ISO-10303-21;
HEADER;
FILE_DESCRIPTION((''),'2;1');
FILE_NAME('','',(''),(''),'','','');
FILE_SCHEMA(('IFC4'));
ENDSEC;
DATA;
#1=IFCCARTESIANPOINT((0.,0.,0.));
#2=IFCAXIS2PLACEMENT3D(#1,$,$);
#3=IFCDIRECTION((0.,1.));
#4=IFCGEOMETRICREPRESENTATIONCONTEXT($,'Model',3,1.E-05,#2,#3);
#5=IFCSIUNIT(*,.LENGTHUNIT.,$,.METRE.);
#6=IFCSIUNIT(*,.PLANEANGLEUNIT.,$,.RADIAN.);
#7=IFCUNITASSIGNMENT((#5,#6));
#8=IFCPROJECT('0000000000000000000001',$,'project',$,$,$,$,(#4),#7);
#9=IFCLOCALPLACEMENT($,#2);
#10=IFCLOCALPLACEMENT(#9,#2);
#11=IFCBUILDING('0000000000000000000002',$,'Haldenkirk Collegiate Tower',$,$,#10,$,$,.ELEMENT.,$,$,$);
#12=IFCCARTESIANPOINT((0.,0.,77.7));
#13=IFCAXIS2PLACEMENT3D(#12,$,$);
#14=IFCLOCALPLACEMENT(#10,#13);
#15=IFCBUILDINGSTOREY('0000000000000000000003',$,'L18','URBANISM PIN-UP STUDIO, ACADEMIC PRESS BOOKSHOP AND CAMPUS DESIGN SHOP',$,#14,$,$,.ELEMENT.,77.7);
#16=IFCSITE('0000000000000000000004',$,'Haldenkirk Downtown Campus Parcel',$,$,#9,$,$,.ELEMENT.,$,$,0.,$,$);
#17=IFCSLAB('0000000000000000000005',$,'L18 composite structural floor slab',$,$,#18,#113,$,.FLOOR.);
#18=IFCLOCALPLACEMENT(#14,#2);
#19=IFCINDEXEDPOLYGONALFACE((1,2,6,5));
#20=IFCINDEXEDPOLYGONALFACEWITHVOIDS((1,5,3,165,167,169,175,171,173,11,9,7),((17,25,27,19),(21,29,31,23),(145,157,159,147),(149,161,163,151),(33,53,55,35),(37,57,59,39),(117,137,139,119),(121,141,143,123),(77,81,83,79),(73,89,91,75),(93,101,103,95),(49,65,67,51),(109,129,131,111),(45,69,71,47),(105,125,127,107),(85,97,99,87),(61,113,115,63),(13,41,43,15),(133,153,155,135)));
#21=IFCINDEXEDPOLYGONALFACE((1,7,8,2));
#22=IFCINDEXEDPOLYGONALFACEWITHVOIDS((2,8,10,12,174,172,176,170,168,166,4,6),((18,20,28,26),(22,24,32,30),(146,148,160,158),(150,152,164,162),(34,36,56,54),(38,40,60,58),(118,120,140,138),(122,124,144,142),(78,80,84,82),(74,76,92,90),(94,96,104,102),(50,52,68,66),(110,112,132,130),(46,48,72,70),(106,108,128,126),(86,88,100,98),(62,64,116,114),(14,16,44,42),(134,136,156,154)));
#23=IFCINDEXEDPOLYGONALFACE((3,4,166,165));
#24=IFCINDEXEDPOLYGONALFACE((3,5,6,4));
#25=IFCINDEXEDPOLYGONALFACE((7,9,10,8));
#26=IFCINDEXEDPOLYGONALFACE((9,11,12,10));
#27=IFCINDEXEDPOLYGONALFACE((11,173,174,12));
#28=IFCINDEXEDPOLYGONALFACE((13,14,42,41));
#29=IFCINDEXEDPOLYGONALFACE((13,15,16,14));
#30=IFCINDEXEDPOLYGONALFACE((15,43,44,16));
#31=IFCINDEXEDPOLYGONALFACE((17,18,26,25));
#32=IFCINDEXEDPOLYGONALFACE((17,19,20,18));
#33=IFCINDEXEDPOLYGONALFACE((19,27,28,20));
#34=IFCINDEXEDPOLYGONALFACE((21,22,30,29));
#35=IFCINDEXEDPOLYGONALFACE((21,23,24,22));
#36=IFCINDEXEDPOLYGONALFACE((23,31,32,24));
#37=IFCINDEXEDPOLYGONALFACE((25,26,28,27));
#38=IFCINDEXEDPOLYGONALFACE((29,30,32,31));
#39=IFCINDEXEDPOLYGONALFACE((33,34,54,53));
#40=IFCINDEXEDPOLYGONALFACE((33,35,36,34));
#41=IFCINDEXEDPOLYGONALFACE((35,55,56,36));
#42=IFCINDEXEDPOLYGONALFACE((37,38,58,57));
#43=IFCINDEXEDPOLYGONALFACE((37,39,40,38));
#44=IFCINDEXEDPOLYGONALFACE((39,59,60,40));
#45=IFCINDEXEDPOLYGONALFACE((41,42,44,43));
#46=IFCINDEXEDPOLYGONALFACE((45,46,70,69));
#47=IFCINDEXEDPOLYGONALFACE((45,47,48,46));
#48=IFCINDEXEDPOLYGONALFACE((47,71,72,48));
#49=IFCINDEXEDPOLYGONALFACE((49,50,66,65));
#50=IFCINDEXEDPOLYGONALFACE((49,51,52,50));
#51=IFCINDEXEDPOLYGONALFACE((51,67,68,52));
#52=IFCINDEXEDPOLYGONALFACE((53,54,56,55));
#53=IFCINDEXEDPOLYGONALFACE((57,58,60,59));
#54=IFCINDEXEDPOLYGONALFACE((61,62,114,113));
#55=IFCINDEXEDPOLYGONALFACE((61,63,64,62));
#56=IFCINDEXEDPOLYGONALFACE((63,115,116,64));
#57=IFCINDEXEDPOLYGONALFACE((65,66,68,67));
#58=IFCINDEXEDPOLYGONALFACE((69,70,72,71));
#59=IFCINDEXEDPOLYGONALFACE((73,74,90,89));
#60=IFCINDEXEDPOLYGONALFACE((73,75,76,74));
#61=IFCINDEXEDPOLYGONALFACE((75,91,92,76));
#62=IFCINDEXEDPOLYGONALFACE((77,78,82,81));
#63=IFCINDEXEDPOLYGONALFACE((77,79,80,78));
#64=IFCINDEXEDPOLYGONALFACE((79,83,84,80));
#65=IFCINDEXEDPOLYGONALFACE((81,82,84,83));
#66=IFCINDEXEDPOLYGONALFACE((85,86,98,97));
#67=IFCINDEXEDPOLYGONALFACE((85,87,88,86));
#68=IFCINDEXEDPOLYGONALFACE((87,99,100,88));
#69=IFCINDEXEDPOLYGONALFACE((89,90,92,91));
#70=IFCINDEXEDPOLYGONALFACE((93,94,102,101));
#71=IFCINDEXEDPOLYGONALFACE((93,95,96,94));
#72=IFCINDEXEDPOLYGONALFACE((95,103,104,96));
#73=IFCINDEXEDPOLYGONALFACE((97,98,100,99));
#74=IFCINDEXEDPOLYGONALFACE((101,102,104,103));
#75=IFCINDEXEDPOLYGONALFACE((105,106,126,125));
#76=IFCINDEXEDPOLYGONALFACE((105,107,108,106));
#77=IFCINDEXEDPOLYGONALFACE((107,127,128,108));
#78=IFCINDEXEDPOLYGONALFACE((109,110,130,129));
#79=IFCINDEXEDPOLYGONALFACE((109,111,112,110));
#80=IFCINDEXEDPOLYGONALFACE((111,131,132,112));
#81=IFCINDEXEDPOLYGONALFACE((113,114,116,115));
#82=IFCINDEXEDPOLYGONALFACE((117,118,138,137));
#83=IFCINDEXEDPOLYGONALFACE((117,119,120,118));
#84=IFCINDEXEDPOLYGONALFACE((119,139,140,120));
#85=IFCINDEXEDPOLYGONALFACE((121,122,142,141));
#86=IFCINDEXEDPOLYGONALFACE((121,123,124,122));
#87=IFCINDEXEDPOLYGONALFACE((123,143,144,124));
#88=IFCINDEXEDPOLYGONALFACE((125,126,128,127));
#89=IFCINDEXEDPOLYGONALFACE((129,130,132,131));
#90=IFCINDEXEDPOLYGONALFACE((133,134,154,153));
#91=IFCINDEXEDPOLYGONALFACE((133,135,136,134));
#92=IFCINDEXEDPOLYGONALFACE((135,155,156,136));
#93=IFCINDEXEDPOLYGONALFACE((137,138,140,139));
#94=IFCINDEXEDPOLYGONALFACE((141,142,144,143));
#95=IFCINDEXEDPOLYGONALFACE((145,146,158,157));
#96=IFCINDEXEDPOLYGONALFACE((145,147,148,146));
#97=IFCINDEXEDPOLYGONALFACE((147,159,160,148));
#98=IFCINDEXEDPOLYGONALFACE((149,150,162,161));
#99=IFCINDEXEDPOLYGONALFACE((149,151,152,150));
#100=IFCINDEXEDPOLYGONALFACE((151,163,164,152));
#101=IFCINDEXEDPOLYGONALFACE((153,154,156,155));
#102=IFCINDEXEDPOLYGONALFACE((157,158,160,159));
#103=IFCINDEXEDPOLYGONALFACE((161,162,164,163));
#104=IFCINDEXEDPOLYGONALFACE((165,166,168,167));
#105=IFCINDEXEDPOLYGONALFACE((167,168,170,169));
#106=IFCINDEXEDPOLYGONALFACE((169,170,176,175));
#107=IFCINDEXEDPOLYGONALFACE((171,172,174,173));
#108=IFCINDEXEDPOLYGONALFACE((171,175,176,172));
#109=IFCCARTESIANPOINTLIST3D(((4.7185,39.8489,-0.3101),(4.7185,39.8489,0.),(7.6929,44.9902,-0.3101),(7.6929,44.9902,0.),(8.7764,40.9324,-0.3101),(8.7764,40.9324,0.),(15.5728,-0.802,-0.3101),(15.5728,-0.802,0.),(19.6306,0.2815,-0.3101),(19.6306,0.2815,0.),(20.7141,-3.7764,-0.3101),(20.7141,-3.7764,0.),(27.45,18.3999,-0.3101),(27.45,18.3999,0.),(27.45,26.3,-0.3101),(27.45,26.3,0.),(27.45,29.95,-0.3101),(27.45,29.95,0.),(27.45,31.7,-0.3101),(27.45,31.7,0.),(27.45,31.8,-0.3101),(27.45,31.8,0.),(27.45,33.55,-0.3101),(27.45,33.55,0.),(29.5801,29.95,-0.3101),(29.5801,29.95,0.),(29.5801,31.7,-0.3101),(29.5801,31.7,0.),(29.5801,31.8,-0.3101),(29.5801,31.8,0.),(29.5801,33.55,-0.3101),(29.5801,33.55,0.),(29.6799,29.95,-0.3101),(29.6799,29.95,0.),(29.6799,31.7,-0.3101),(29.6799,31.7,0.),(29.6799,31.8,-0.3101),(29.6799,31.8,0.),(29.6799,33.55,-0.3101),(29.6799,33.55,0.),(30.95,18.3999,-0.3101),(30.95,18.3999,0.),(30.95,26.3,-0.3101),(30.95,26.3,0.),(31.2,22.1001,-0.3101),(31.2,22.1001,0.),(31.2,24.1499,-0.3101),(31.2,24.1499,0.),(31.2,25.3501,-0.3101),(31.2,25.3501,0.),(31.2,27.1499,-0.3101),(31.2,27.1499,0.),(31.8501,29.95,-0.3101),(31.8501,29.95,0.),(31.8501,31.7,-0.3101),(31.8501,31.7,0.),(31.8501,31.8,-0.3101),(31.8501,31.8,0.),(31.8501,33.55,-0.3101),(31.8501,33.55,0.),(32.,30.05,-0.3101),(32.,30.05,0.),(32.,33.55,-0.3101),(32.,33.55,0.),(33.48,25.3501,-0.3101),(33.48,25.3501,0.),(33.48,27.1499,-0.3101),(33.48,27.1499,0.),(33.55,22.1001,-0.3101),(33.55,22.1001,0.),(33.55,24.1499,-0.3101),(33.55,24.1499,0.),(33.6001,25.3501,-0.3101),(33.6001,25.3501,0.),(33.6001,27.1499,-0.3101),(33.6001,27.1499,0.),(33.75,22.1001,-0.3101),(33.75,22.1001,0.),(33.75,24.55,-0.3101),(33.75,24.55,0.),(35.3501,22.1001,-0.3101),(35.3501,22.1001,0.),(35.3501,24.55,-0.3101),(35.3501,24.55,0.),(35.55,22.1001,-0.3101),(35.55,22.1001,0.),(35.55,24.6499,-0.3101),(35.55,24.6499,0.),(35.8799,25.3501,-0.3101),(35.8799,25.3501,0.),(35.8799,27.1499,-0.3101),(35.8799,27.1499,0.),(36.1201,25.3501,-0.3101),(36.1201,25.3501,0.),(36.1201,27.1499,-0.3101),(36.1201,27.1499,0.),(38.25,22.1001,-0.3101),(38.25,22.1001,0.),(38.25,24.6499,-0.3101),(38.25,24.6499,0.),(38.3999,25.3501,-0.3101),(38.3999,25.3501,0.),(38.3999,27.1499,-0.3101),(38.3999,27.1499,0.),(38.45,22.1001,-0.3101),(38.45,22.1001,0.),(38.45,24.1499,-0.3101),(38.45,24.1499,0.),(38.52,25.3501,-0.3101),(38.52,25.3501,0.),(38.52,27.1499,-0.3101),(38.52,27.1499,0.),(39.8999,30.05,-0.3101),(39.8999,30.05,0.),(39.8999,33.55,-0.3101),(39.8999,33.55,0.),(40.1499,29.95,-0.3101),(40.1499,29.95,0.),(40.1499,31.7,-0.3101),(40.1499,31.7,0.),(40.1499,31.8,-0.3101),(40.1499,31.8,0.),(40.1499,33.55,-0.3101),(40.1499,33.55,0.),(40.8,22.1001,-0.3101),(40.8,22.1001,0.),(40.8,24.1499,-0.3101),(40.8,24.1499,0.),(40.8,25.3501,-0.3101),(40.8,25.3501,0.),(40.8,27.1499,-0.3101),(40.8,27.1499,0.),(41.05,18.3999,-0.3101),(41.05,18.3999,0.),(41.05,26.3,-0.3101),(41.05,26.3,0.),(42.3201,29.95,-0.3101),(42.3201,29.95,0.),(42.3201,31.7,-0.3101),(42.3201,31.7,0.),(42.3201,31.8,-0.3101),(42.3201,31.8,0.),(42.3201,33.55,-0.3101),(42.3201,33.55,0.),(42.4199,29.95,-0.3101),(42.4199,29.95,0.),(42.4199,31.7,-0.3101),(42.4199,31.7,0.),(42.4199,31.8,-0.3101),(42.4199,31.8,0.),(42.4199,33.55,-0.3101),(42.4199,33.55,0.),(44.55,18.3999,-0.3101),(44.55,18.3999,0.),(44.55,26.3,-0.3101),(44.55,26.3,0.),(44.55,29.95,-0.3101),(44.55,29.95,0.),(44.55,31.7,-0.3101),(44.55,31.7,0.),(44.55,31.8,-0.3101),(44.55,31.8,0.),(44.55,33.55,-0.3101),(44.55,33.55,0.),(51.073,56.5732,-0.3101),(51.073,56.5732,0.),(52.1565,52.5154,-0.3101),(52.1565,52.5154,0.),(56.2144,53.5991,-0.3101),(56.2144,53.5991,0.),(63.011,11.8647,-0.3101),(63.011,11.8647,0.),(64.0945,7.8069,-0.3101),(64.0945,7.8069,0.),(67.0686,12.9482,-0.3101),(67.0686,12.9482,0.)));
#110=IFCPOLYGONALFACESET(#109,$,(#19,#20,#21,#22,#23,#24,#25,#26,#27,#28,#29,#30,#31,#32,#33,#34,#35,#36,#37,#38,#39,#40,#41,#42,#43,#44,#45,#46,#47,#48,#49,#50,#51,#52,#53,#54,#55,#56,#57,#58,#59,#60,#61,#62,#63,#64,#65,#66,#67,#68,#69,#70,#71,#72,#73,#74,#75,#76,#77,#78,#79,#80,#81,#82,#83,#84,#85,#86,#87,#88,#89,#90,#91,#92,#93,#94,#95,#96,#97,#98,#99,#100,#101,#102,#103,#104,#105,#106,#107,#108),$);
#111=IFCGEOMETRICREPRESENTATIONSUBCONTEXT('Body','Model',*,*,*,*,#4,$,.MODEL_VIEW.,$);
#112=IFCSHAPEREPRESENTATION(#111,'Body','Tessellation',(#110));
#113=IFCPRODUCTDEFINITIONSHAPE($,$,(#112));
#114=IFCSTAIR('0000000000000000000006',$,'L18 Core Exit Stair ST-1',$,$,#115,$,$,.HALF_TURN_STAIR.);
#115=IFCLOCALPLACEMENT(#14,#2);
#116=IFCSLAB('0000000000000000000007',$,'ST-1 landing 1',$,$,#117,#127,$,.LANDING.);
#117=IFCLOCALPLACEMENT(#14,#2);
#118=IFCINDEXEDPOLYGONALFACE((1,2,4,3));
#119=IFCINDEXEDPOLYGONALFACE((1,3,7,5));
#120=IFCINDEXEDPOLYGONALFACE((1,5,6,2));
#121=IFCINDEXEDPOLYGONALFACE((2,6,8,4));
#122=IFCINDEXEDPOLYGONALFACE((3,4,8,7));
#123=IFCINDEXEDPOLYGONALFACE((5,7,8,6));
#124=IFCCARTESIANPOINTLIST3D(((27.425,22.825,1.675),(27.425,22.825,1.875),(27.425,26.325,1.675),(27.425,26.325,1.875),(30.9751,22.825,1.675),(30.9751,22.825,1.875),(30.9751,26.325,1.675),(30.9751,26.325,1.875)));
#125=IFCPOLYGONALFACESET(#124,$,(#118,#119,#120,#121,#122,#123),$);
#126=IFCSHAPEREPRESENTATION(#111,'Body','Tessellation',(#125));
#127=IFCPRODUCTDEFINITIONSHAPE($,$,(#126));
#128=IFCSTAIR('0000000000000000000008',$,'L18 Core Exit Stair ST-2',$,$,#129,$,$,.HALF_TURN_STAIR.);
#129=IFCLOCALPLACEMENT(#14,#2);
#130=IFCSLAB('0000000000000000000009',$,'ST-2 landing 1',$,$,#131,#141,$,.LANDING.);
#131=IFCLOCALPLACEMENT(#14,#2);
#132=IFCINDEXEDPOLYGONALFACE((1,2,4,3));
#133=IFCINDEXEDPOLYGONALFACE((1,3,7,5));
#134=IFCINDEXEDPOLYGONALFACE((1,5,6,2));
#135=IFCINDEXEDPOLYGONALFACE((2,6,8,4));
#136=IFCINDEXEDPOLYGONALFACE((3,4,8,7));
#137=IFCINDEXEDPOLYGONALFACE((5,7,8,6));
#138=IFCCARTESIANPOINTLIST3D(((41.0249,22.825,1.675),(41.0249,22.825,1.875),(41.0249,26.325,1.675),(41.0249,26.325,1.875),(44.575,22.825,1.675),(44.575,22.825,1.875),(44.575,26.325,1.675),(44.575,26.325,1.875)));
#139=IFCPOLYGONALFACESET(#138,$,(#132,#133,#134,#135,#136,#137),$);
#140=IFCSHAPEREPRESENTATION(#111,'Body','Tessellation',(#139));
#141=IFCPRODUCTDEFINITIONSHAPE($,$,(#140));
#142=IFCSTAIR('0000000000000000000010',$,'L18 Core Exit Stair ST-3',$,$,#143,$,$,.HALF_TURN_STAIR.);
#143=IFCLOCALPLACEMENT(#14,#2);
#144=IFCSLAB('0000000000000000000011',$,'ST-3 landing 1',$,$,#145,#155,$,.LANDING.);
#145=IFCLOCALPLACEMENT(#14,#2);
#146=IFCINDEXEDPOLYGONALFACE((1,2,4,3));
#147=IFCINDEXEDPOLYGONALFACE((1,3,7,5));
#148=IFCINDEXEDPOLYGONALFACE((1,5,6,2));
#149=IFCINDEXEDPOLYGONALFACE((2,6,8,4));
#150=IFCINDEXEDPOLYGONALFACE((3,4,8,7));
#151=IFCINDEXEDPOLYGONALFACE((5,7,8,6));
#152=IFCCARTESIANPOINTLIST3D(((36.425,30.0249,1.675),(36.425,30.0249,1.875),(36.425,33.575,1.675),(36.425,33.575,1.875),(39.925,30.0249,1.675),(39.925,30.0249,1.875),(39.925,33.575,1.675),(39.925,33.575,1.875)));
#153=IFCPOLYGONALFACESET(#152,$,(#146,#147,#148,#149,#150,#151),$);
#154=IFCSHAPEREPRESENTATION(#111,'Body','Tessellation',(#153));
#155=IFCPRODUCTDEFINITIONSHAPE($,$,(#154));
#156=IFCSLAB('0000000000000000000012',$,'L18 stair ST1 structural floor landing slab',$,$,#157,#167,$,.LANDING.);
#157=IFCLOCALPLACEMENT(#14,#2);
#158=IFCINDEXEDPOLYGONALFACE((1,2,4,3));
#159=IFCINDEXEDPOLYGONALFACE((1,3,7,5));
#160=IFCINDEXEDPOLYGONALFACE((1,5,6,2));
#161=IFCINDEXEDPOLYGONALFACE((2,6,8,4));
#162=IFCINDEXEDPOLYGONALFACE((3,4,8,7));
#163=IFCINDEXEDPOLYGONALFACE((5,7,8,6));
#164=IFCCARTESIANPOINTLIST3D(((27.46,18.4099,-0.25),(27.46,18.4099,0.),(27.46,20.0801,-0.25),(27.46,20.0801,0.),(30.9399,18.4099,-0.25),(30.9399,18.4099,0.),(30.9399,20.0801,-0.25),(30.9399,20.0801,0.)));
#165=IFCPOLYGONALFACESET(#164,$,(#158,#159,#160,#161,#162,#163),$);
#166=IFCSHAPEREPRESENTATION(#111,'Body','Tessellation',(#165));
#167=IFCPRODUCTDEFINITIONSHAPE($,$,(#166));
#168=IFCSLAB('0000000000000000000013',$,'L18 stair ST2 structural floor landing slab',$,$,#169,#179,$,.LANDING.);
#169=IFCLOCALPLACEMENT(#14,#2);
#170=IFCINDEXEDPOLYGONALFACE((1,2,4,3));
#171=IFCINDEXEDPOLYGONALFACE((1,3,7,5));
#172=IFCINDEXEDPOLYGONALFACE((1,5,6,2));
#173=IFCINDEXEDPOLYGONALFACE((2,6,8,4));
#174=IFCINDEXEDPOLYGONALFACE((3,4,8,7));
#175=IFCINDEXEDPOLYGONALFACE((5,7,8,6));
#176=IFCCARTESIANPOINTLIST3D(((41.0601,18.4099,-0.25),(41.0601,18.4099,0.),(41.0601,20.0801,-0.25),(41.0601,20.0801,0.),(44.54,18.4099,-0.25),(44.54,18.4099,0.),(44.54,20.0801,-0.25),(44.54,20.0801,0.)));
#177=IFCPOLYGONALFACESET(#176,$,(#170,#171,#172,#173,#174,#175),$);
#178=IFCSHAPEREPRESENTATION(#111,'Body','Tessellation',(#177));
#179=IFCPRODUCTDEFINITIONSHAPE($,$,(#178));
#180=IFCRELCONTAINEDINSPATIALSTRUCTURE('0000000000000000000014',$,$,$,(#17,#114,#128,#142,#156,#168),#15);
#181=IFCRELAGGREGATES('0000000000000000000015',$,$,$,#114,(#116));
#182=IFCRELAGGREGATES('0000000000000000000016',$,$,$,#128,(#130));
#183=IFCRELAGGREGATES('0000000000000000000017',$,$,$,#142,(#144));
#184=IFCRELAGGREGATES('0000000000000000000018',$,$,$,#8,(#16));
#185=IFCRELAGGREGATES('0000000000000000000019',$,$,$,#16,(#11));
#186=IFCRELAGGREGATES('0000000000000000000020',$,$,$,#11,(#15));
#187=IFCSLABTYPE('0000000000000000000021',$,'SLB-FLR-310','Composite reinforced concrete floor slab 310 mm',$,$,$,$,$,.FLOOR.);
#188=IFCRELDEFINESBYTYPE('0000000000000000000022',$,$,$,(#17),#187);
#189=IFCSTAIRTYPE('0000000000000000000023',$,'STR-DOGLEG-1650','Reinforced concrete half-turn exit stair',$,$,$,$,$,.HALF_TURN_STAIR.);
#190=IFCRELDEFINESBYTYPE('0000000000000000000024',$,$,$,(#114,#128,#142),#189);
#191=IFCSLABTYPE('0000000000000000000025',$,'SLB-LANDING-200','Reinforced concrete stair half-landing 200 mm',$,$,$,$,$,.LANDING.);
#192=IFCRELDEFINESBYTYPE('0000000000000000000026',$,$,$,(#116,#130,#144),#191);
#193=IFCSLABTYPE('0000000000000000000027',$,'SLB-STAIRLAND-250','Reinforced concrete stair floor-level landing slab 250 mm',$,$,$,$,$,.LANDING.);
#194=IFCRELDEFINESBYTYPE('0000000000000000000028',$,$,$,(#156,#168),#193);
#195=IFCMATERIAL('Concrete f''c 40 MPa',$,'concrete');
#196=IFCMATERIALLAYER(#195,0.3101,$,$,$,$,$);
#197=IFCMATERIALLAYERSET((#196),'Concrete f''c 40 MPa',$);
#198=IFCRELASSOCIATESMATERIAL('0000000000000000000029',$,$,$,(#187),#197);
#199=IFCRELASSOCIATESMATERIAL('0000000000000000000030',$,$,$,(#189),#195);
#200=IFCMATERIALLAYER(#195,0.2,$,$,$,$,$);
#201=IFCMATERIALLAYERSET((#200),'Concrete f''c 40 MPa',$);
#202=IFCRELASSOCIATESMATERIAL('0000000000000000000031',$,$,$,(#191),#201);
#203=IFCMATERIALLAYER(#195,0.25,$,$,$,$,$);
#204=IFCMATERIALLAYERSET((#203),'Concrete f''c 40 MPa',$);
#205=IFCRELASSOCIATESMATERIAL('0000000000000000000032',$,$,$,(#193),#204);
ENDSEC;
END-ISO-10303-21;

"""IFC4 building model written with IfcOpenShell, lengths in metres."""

from ifc_helpers import new_model, si_unit, direction, frame, origin, place, context, subcontext, project, spatial, polyline, outline, extrude, material, layer, layer_set, type_object, element, aggregate, save


model = new_model("IFC4")

# Units and contexts
model_context = context("Model", 3, precision=1e-05, world=origin(), true_north=direction((0.0, 1.0)))
body_context = subcontext(model_context, "Body", "Model", "MODEL_VIEW")
ifc_project = project(units=[si_unit("LENGTHUNIT", "METRE"), si_unit("PLANEANGLEUNIT", "RADIAN")], contexts=[model_context])

# Site, building, storey
site_placement = place(None, origin())
site = spatial("IfcSite", under=ifc_project, at=site_placement, Name="Haldenkirk Downtown Campus Parcel", CompositionType="ELEMENT", RefElevation=0.0)
building_placement = place(site_placement, origin())
building = spatial("IfcBuilding", under=site, at=building_placement, Name="Haldenkirk Collegiate Tower", CompositionType="ELEMENT")
storey_placement = place(building_placement, frame((0.0, 0.0, 77.7)))
storey = spatial("IfcBuildingStorey", under=building, at=storey_placement, Name="L18", Description="URBANISM PIN-UP STUDIO, ACADEMIC PRESS BOOKSHOP AND CAMPUS DESIGN SHOP", CompositionType="ELEMENT", Elevation=77.7)

# Slab
ifc_material_1 = material(Name="Concrete f'c 40 MPa", Category="concrete")
ifc_layer_1 = layer(ifc_material_1, 0.3101)
ifc_layer_set_1 = layer_set([ifc_layer_1], Name="Concrete f'c 40 MPa")
slab_type_1 = type_object("IfcSlabType", Name="SLB-FLR-310", Description="Composite reinforced concrete floor slab 310 mm", PredefinedType="FLOOR", material=ifc_layer_set_1)
slab_1_placement = place(storey_placement, frame((0.0, 0.0, -0.3101)))
element("IfcSlab", 1, at=slab_1_placement, inside=storey, type_object=slab_type_1, Name="L18 composite structural floor slab", PredefinedType="FLOOR", context=body_context, shape_type="SweptSolid", body=[
    extrude(outline(polyline([(20.7141, -3.7764), (64.0945, 7.8069), (63.011, 11.8647), (67.0686, 12.9482), (56.2144, 53.5991), (52.1565, 52.5154), (51.073, 56.5732), (7.6929, 44.9902), (8.7764, 40.9324), (4.7185, 39.8489), (15.5728, -0.802), (19.6306, 0.2815), (20.7141, -3.7764)]), holes=[polyline([(27.45, 18.3999), (30.95, 18.3999), (30.95, 26.3), (27.45, 26.3), (27.45, 18.3999)]), polyline([(41.05, 18.3999), (44.55, 18.3999), (44.55, 26.3), (41.05, 26.3), (41.05, 18.3999)]), polyline([(32.0, 30.05), (39.8999, 30.05), (39.8999, 33.55), (32.0, 33.55), (32.0, 30.05)]), polyline([(33.75, 22.1001), (35.3501, 22.1001), (35.3501, 24.55), (33.75, 24.55), (33.75, 22.1001)]), polyline([(27.45, 29.95), (29.5801, 29.95), (29.5801, 31.7), (27.45, 31.7), (27.45, 29.95)]), polyline([(29.6799, 29.95), (31.8501, 29.95), (31.8501, 31.7), (29.6799, 31.7), (29.6799, 29.95)]), polyline([(27.45, 31.8), (29.5801, 31.8), (29.5801, 33.55), (27.45, 33.55), (27.45, 31.8)]), polyline([(29.6799, 31.8), (31.8501, 31.8), (31.8501, 33.55), (29.6799, 33.55), (29.6799, 31.8)]), polyline([(40.1499, 29.95), (42.3201, 29.95), (42.3201, 31.7), (40.1499, 31.7), (40.1499, 29.95)]), polyline([(42.4199, 29.95), (44.55, 29.95), (44.55, 31.7), (42.4199, 31.7), (42.4199, 29.95)]), polyline([(40.1499, 31.8), (42.3201, 31.8), (42.3201, 33.55), (40.1499, 33.55), (40.1499, 31.8)]), polyline([(42.4199, 31.8), (44.55, 31.8), (44.55, 33.55), (42.4199, 33.55), (42.4199, 31.8)]), polyline([(31.2, 25.3501), (33.48, 25.3501), (33.48, 27.1499), (31.2, 27.1499), (31.2, 25.3501)]), polyline([(33.6001, 25.3501), (35.8799, 25.3501), (35.8799, 27.1499), (33.6001, 27.1499), (33.6001, 25.3501)]), polyline([(36.1201, 25.3501), (38.3999, 25.3501), (38.3999, 27.1499), (36.1201, 27.1499), (36.1201, 25.3501)]), polyline([(38.52, 25.3501), (40.8, 25.3501), (40.8, 27.1499), (38.52, 27.1499), (38.52, 25.3501)]), polyline([(31.2, 22.1001), (33.55, 22.1001), (33.55, 24.1499), (31.2, 24.1499), (31.2, 22.1001)]), polyline([(38.45, 22.1001), (40.8, 22.1001), (40.8, 24.1499), (38.45, 24.1499), (38.45, 22.1001)]), polyline([(35.55, 22.1001), (38.25, 22.1001), (38.25, 24.6499), (35.55, 24.6499), (35.55, 22.1001)])]), origin(), (0.0, 0.0, 1.0), 0.3101),
])

# Stairs, slabs
stair_type = type_object("IfcStairType", Name="STR-DOGLEG-1650", Description="Reinforced concrete half-turn exit stair", PredefinedType="HALF_TURN_STAIR", material=ifc_material_1)
stair_1_placement = place(storey_placement, origin())
stair_1 = element("IfcStair", 2, at=stair_1_placement, inside=storey, type_object=stair_type, Name="L18 Core Exit Stair ST-1", PredefinedType="HALF_TURN_STAIR")
ifc_layer_2 = layer(ifc_material_1, 0.2)
ifc_layer_set_2 = layer_set([ifc_layer_2], Name="Concrete f'c 40 MPa")
slab_type_2 = type_object("IfcSlabType", Name="SLB-LANDING-200", Description="Reinforced concrete stair half-landing 200 mm", PredefinedType="LANDING", material=ifc_layer_set_2)
slab_2_placement = place(storey_placement, frame((0.0, 0.0, 1.675)))
slab_2 = element("IfcSlab", 3, at=slab_2_placement, type_object=slab_type_2, Name="ST-1 landing 1", PredefinedType="LANDING", context=body_context, shape_type="SweptSolid", body=[
    extrude(outline(polyline([(30.9751, 22.825), (27.425, 22.825), (27.425, 26.325), (30.9751, 26.325), (30.9751, 22.825)])), origin(), (0.0, 0.0, 1.0), 0.2),
])
aggregate(stair_1, [slab_2])
stair_2_placement = place(storey_placement, origin())
stair_2 = element("IfcStair", 4, at=stair_2_placement, inside=storey, type_object=stair_type, Name="L18 Core Exit Stair ST-2", PredefinedType="HALF_TURN_STAIR")
slab_3_placement = place(storey_placement, frame((0.0, 0.0, 1.675)))
slab_3 = element("IfcSlab", 5, at=slab_3_placement, type_object=slab_type_2, Name="ST-2 landing 1", PredefinedType="LANDING", context=body_context, shape_type="SweptSolid", body=[
    extrude(outline(polyline([(44.575, 22.825), (41.0249, 22.825), (41.0249, 26.325), (44.575, 26.325), (44.575, 22.825)])), origin(), (0.0, 0.0, 1.0), 0.2),
])
aggregate(stair_2, [slab_3])
stair_3_placement = place(storey_placement, origin())
stair_3 = element("IfcStair", 6, at=stair_3_placement, inside=storey, type_object=stair_type, Name="L18 Core Exit Stair ST-3", PredefinedType="HALF_TURN_STAIR")
slab_4_placement = place(storey_placement, frame((0.0, 0.0, 1.675)))
slab_4 = element("IfcSlab", 7, at=slab_4_placement, type_object=slab_type_2, Name="ST-3 landing 1", PredefinedType="LANDING", context=body_context, shape_type="SweptSolid", body=[
    extrude(outline(polyline([(36.425, 30.0249), (36.425, 33.575), (39.925, 33.575), (39.925, 30.0249), (36.425, 30.0249)])), origin(), (0.0, 0.0, 1.0), 0.2),
])
aggregate(stair_3, [slab_4])

# Slabs
ifc_layer_3 = layer(ifc_material_1, 0.25)
ifc_layer_set_3 = layer_set([ifc_layer_3], Name="Concrete f'c 40 MPa")
slab_type_3 = type_object("IfcSlabType", Name="SLB-STAIRLAND-250", Description="Reinforced concrete stair floor-level landing slab 250 mm", PredefinedType="LANDING", material=ifc_layer_set_3)
slab_5_placement = place(storey_placement, frame((0.0, 0.0, -0.25)))
element("IfcSlab", 8, at=slab_5_placement, inside=storey, type_object=slab_type_3, Name="L18 stair ST1 structural floor landing slab", PredefinedType="LANDING", context=body_context, shape_type="SweptSolid", body=[
    extrude(outline(polyline([(27.46, 18.4099), (30.9399, 18.4099), (30.9399, 20.0801), (27.46, 20.0801), (27.46, 18.4099)])), origin(), (0.0, 0.0, 1.0), 0.25),
])
slab_6_placement = place(storey_placement, frame((0.0, 0.0, -0.25)))
element("IfcSlab", 9, at=slab_6_placement, inside=storey, type_object=slab_type_3, Name="L18 stair ST2 structural floor landing slab", PredefinedType="LANDING", context=body_context, shape_type="SweptSolid", body=[
    extrude(outline(polyline([(41.0601, 18.4099), (44.54, 18.4099), (44.54, 20.0801), (41.0601, 20.0801), (41.0601, 18.4099)])), origin(), (0.0, 0.0, 1.0), 0.25),
])

save(model, "model.ifc")
